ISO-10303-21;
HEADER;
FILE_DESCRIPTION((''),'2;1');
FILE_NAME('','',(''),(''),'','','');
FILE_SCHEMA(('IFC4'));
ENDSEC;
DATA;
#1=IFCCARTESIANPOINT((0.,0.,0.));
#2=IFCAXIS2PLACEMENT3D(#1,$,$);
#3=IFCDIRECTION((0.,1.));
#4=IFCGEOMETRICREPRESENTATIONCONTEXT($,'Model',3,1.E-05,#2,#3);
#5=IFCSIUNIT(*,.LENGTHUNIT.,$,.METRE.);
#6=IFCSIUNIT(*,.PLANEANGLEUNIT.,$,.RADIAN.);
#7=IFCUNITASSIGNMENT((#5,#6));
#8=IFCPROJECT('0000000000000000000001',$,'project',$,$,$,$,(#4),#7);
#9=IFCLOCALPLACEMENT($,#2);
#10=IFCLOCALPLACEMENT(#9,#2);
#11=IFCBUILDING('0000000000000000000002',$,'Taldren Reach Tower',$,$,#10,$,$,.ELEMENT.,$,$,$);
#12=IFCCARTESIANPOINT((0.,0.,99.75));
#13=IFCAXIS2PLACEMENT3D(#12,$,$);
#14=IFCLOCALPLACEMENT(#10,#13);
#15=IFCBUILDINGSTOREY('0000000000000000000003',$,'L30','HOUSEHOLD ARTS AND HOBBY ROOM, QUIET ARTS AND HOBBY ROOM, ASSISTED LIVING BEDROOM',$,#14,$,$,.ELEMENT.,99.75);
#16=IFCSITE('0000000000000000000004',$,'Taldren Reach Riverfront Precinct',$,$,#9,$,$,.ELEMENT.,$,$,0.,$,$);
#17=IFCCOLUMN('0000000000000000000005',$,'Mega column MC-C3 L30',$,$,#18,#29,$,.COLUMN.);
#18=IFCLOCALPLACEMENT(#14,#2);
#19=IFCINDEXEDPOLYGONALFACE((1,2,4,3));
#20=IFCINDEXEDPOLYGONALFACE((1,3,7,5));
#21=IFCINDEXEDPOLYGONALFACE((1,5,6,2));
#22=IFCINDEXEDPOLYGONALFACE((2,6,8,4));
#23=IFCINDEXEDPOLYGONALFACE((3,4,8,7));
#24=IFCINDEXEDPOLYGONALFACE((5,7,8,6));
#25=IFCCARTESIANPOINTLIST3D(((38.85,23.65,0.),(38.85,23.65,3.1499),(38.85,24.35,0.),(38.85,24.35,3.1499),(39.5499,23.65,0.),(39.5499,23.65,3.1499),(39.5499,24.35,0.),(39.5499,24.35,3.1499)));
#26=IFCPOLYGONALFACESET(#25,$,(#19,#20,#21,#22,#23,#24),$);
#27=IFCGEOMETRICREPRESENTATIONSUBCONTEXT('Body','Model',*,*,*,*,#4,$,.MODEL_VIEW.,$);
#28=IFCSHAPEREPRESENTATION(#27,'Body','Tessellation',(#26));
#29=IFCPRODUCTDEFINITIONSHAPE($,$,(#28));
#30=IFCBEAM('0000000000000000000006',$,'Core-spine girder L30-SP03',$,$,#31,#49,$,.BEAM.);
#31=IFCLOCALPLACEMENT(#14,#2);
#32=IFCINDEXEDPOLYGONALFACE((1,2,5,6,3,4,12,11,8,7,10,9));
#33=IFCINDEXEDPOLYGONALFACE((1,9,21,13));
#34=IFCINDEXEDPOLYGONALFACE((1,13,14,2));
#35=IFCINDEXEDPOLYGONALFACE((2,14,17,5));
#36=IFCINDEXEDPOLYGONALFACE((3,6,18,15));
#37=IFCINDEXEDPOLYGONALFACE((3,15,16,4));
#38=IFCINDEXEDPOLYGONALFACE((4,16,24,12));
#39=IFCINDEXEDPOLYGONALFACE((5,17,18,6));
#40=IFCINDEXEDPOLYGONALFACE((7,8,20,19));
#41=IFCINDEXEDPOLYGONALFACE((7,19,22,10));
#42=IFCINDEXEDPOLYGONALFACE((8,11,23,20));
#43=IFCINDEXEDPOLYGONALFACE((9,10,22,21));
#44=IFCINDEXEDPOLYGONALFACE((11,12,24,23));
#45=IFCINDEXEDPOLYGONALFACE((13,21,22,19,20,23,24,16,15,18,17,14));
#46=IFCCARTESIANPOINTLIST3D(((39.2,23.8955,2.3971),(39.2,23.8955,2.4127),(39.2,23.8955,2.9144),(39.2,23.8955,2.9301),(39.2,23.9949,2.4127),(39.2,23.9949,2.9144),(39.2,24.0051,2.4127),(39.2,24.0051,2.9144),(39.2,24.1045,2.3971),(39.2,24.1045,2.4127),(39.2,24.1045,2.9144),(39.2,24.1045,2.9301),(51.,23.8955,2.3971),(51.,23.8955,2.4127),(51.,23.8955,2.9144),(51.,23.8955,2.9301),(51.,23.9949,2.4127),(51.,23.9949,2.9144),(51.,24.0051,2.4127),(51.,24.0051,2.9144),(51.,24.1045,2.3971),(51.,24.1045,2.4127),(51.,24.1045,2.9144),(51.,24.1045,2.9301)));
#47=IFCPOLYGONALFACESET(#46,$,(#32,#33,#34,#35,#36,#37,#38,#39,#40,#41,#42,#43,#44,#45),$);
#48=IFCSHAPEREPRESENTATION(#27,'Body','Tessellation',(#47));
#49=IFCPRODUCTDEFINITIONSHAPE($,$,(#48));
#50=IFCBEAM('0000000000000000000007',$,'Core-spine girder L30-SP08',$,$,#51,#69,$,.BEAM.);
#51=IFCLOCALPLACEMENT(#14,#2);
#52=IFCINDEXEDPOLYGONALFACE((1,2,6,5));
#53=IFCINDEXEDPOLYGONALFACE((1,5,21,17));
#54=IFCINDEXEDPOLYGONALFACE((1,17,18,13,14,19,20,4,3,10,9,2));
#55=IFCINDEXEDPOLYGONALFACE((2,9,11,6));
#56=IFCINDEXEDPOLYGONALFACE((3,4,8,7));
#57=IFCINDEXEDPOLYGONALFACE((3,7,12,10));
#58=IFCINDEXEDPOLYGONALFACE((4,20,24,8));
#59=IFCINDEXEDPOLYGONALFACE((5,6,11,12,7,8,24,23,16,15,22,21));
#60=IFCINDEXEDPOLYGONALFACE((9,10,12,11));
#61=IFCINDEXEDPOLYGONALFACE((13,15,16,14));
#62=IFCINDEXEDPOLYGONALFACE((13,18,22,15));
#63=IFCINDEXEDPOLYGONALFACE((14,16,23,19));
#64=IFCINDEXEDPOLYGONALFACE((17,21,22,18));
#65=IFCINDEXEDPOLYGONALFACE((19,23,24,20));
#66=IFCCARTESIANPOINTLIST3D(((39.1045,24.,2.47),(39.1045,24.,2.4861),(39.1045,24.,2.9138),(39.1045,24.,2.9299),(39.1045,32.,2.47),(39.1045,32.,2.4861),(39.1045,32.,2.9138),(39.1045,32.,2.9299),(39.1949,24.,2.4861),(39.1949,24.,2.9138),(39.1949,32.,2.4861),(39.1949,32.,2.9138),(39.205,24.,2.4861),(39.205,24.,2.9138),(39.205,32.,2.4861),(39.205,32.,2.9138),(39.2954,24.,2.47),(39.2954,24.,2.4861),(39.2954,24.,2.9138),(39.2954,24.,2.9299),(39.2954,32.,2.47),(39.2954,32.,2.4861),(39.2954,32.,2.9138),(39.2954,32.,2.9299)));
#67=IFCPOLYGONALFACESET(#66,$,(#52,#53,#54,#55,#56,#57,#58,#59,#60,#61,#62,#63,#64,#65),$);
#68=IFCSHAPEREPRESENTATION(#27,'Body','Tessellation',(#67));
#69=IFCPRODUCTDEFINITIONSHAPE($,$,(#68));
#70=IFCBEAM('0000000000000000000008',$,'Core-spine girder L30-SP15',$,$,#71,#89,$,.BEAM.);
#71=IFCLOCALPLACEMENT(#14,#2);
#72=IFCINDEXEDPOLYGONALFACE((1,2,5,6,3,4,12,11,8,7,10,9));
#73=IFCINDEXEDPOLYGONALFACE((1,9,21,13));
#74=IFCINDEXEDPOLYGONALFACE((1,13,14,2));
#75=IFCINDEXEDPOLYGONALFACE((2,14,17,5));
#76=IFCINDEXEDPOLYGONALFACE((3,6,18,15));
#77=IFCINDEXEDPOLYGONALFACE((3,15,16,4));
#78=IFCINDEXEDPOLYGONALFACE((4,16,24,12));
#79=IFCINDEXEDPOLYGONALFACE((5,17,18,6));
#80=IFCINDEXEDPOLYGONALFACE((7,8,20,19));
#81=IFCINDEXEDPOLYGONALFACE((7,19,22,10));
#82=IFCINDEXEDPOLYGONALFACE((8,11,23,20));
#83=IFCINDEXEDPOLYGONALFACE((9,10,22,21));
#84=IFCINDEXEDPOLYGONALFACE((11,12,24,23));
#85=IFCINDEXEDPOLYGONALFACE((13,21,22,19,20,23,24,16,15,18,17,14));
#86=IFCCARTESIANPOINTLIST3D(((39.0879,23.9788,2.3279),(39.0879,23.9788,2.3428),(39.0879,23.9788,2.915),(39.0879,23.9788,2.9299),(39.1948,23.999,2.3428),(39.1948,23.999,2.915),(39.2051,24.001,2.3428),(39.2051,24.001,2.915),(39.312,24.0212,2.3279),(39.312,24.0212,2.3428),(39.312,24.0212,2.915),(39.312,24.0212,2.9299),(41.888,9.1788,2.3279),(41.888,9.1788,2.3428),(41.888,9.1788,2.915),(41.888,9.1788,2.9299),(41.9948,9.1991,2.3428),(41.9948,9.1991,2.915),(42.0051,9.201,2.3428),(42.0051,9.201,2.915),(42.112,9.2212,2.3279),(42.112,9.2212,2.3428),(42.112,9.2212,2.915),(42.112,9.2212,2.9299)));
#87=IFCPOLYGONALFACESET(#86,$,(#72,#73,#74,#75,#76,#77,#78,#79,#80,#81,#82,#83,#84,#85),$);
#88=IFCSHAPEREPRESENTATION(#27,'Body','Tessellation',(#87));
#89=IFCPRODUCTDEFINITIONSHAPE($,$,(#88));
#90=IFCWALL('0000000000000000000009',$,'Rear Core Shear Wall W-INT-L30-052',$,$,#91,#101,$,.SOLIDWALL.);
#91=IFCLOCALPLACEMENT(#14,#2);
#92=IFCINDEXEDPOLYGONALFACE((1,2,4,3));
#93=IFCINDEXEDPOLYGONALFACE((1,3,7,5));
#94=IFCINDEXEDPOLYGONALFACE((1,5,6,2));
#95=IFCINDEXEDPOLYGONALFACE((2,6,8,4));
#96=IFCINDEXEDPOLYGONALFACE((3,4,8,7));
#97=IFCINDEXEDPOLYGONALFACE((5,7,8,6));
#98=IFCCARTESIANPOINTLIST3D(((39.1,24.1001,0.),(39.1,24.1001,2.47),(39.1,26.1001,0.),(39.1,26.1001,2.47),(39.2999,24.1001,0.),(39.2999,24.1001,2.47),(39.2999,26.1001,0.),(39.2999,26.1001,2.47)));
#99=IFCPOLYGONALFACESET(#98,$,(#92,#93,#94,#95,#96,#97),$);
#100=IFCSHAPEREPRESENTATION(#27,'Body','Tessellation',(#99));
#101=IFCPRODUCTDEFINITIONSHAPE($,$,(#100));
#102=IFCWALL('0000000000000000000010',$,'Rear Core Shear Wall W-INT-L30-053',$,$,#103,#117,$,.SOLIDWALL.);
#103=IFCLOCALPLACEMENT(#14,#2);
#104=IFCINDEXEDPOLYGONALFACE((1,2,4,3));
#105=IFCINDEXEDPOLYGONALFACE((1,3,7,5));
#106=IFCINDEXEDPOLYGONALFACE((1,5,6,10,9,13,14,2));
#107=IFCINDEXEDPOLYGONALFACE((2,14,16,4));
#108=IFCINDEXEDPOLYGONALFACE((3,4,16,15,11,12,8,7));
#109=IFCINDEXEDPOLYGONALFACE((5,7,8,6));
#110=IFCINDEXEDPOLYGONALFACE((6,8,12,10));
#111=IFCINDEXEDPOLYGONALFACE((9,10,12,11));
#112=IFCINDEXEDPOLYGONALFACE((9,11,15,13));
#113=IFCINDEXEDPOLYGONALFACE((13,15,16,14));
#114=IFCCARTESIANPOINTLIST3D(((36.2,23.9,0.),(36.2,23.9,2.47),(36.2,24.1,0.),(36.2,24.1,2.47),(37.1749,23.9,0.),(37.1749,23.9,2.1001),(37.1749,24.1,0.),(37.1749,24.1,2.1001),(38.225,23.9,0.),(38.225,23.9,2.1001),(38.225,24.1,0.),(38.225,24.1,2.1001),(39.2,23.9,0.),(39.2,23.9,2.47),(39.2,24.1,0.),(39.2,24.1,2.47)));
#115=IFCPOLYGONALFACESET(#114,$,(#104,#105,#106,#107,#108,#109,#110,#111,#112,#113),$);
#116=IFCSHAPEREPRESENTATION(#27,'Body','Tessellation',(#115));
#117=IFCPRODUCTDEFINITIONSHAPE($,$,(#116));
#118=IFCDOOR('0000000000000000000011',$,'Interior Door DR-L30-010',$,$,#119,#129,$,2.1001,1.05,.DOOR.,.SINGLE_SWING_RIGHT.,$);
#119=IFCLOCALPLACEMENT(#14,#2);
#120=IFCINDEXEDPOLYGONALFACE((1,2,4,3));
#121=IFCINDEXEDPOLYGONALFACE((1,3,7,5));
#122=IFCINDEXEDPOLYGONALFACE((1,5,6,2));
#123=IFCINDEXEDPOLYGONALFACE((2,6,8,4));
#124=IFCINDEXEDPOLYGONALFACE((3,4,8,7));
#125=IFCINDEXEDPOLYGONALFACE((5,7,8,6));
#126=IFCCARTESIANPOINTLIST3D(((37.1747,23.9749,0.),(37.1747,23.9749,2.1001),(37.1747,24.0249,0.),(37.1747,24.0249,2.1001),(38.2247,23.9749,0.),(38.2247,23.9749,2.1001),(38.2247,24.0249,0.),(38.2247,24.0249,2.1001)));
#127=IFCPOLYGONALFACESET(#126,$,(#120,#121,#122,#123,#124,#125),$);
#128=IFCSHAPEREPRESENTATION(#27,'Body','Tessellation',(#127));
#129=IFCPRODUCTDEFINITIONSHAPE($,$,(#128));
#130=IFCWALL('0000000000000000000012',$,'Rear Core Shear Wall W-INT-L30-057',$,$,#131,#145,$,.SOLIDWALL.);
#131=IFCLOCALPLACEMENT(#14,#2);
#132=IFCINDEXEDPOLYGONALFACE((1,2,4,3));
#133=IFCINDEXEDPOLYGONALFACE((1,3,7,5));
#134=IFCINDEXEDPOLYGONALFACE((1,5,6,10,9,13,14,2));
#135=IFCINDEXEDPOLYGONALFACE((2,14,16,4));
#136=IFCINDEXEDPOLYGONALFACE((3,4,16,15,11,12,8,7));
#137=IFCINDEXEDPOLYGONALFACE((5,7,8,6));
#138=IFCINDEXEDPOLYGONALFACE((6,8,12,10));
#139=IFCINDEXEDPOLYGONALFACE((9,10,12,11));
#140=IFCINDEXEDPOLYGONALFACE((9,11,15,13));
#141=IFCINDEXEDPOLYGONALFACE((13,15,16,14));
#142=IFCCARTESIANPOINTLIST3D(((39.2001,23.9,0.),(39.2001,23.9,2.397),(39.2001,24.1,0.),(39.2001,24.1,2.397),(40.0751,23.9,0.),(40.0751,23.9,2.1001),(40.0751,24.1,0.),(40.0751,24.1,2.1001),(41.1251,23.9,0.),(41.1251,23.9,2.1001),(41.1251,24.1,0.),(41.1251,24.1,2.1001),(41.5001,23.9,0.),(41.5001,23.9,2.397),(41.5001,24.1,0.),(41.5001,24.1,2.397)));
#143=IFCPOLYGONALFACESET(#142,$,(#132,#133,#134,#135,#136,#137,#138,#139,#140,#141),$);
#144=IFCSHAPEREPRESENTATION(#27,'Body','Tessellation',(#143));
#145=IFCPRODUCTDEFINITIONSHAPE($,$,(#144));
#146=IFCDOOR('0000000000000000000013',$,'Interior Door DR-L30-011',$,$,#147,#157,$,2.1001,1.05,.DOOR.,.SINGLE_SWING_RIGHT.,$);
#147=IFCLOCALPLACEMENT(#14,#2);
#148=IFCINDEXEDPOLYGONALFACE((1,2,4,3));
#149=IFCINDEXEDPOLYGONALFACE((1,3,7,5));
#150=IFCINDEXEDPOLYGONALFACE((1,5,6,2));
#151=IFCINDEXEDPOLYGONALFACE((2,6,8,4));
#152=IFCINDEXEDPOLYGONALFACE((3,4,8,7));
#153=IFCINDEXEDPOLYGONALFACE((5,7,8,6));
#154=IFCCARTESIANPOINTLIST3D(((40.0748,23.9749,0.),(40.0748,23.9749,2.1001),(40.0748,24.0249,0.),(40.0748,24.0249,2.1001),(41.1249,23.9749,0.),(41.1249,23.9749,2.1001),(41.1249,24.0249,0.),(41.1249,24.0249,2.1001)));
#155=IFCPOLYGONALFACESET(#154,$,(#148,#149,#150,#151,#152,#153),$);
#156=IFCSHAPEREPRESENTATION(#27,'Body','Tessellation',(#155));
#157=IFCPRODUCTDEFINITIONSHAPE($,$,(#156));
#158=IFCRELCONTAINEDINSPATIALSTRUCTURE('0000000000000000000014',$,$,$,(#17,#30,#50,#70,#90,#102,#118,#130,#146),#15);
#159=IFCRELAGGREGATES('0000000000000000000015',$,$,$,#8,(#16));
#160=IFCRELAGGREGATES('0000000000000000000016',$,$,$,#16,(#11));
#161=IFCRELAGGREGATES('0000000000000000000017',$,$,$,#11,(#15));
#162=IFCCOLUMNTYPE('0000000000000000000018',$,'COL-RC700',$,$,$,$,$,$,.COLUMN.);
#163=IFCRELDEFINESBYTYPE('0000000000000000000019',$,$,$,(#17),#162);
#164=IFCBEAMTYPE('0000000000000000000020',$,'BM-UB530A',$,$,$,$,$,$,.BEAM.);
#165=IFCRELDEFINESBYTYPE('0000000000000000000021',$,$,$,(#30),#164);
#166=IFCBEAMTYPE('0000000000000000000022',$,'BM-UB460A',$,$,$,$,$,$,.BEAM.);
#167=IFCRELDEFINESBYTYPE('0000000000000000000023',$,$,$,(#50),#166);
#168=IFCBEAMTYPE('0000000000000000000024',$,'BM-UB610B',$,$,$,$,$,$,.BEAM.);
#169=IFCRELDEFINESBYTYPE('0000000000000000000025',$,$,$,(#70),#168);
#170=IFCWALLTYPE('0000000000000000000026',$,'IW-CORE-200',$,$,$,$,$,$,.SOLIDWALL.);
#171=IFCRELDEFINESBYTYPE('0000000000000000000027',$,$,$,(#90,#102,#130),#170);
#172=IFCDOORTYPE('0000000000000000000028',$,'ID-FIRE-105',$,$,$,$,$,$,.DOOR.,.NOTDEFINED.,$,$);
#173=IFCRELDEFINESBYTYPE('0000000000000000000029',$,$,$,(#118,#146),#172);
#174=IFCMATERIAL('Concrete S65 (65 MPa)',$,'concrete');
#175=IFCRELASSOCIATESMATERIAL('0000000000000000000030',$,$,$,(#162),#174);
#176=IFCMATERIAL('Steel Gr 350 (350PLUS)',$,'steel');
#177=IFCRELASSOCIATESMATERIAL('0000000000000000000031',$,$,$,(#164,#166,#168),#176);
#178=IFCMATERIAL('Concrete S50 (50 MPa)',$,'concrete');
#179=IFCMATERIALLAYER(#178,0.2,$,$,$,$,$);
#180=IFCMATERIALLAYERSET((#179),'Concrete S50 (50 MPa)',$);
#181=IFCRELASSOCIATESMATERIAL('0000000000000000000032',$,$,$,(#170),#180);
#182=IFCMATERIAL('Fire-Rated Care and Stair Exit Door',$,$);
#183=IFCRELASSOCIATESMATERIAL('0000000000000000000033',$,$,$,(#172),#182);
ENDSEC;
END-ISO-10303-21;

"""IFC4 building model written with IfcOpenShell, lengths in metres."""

from ifc_helpers import new_model, si_unit, direction, frame, frame_2d, origin, origin_2d, place, context, subcontext, project, spatial, rectangle, i_section, extrude, source, transform, mapped, material, layer, layer_set, material_profile, profile_set, type_object, element, fill, save


model = new_model("IFC4")

# Units and contexts
model_context = context("Model", 3, precision=1e-05, world=origin(), true_north=direction((0.0, 1.0)))
body_context = subcontext(model_context, "Body", "Model", "MODEL_VIEW")
ifc_project = project(units=[si_unit("LENGTHUNIT", "METRE"), si_unit("PLANEANGLEUNIT", "RADIAN")], contexts=[model_context])

# Site, building, storey
site_placement = place(None, origin())
site = spatial("IfcSite", under=ifc_project, at=site_placement, Name="Taldren Reach Riverfront Precinct", CompositionType="ELEMENT", RefElevation=0.0)
building_placement = place(site_placement, origin())
building = spatial("IfcBuilding", under=site, at=building_placement, Name="Taldren Reach Tower", CompositionType="ELEMENT")
storey_placement = place(building_placement, frame((0.0, 0.0, 99.75)))
storey = spatial("IfcBuildingStorey", under=building, at=storey_placement, Name="L30", Description="HOUSEHOLD ARTS AND HOBBY ROOM, QUIET ARTS AND HOBBY ROOM, ASSISTED LIVING BEDROOM", CompositionType="ELEMENT", Elevation=99.75)

# Column
ifc_material_1 = material(Name="Concrete S65 (65 MPa)", Category="concrete")
ifc_material_profile_1 = material_profile(ifc_material_1, rectangle(XDim=0.7, YDim=0.7, at=origin_2d()), Name="RC-700x700")
ifc_profile_set_1 = profile_set([ifc_material_profile_1], Name="Concrete S65 (65 MPa)")
column_type = type_object("IfcColumnType", Name="COL-RC700", PredefinedType="COLUMN", material=ifc_profile_set_1)
shared_shape_1 = source(origin(), body_context, "Body", "SweptSolid", [
    extrude(rectangle(XDim=0.7, YDim=0.7, at=origin_2d()), origin(), (0.0, 0.0, 1.0), 3.1499),
])
column_placement = place(storey_placement, frame((39.2, 24.0, 0.0), z_axis=(0.0, 0.0, 1.0), x_axis=(1.0, 0.0, 0.0)))
element("IfcColumn", 1, at=column_placement, inside=storey, type_object=column_type, Name="Mega column MC-C3 L30", PredefinedType="COLUMN", context=body_context, shape_type="MappedRepresentation", body=[
    mapped(shared_shape_1, transform((0.0, 0.0, 0.0), scale=1.0)),
])

# Beams
ifc_material_2 = material(Name="Steel Gr 350 (350PLUS)", Category="steel")
ifc_material_profile_2 = material_profile(ifc_material_2, i_section(OverallWidth=0.209, OverallDepth=0.533, WebThickness=0.0103, FlangeThickness=0.0156, at=origin_2d()), Name="530UB92.4")
ifc_profile_set_2 = profile_set([ifc_material_profile_2], Name="Steel Gr 350 (350PLUS)")
beam_type_1 = type_object("IfcBeamType", Name="BM-UB530A", PredefinedType="BEAM", material=ifc_profile_set_2)
shared_shape_2 = source(origin(), body_context, "Body", "SweptSolid", [
    extrude(i_section(OverallWidth=0.209, OverallDepth=0.533, WebThickness=0.0103, FlangeThickness=0.0156, at=origin_2d()), origin(), (0.0, 0.0, 1.0), 11.8),
])
beam_1_placement = place(storey_placement, frame((39.2, 24.0, 2.6636), z_axis=(1.0, 0.0, 0.0), x_axis=(0.0, 1.0, 0.0)))
element("IfcBeam", 2, at=beam_1_placement, inside=storey, type_object=beam_type_1, Name="Core-spine girder L30-SP03", PredefinedType="BEAM", context=body_context, shape_type="MappedRepresentation", body=[
    mapped(shared_shape_2, transform((0.0, 0.0, 0.0), scale=1.0)),
])
ifc_material_profile_3 = material_profile(ifc_material_2, i_section(OverallWidth=0.1909, OverallDepth=0.46, WebThickness=0.01, FlangeThickness=0.0161, at=origin_2d()), Name="460UB82.1")
ifc_profile_set_3 = profile_set([ifc_material_profile_3], Name="Steel Gr 350 (350PLUS)")
beam_type_2 = type_object("IfcBeamType", Name="BM-UB460A", PredefinedType="BEAM", material=ifc_profile_set_3)
shared_shape_3 = source(origin(), body_context, "Body", "SweptSolid", [
    extrude(i_section(OverallWidth=0.1909, OverallDepth=0.46, WebThickness=0.01, FlangeThickness=0.0161, at=origin_2d()), origin(), (0.0, 0.0, 1.0), 8.0),
])
beam_2_placement = place(storey_placement, frame((39.2, 24.0, 2.7), z_axis=(0.0, 1.0, 0.0), x_axis=(-1.0, 0.0, 0.0)))
element("IfcBeam", 3, at=beam_2_placement, inside=storey, type_object=beam_type_2, Name="Core-spine girder L30-SP08", PredefinedType="BEAM", context=body_context, shape_type="MappedRepresentation", body=[
    mapped(shared_shape_3, transform((0.0, 0.0, 0.0), scale=1.0)),
])
ifc_material_profile_4 = material_profile(ifc_material_2, i_section(OverallWidth=0.228, OverallDepth=0.6021, WebThickness=0.0105, FlangeThickness=0.0149, at=origin_2d()), Name="610UB101")
ifc_profile_set_4 = profile_set([ifc_material_profile_4], Name="Steel Gr 350 (350PLUS)")
beam_type_3 = type_object("IfcBeamType", Name="BM-UB610B", PredefinedType="BEAM", material=ifc_profile_set_4)
shared_shape_4 = source(origin(), body_context, "Body", "SweptSolid", [
    extrude(i_section(OverallWidth=0.228, OverallDepth=0.6021, WebThickness=0.0105, FlangeThickness=0.0149, at=origin_2d()), origin(), (0.0, 0.0, 1.0), 15.0625),
])
beam_3_placement = place(storey_placement, frame((39.2, 24.0, 2.6289), z_axis=(0.185894, -0.98257, 0.0), x_axis=(0.98257, 0.185894, 0.0)))
element("IfcBeam", 4, at=beam_3_placement, inside=storey, type_object=beam_type_3, Name="Core-spine girder L30-SP15", PredefinedType="BEAM", context=body_context, shape_type="MappedRepresentation", body=[
    mapped(shared_shape_4, transform((0.0, 0.0, 0.0), scale=1.0)),
])

# Wall
ifc_material_3 = material(Name="Concrete S50 (50 MPa)", Category="concrete")
ifc_layer_1 = layer(ifc_material_3, 0.2)
ifc_layer_set_1 = layer_set([ifc_layer_1], Name="Concrete S50 (50 MPa)")
wall_type_1 = type_object("IfcWallType", Name="IW-CORE-200", PredefinedType="SOLIDWALL", material=ifc_layer_set_1)
shared_shape_5 = source(origin(), body_context, "Body", "SweptSolid", [
    extrude(rectangle(XDim=2.0, YDim=0.2, at=frame_2d((1.0, 0.0))), origin(), (0.0, 0.0, 1.0), 2.47),
])
wall_1_placement = place(storey_placement, frame((39.2, 26.1001, 0.0), z_axis=(0.0, 0.0, 1.0), x_axis=(0.0, -1.0, 0.0)))
element("IfcWall", 5, at=wall_1_placement, inside=storey, type_object=wall_type_1, Name="Rear Core Shear Wall W-INT-L30-052", PredefinedType="SOLIDWALL", context=body_context, shape_type="MappedRepresentation", body=[
    mapped(shared_shape_5, transform((0.0, 0.0, 0.0), scale=1.0)),
])

# Walls, openings, doors
shared_shape_6 = source(origin(), body_context, "Body", "SweptSolid", [
    extrude(rectangle(XDim=3.0, YDim=0.2, at=frame_2d((1.5, 0.0))), origin(), (0.0, 0.0, 1.0), 2.47),
])
wall_2_placement = place(storey_placement, frame((39.2, 24.0, 0.0), z_axis=(0.0, 0.0, 1.0), x_axis=(-1.0, 0.0, 0.0)))
wall_2 = element("IfcWall", 6, at=wall_2_placement, inside=storey, type_object=wall_type_1, Name="Rear Core Shear Wall W-INT-L30-053", PredefinedType="SOLIDWALL", context=body_context, shape_type="MappedRepresentation", body=[
    mapped(shared_shape_6, transform((0.0, 0.0, 0.0), scale=1.0)),
])
shared_shape_7 = source(origin(), body_context, "Body", "SweptSolid", [
    extrude(rectangle(XDim=1.05, YDim=2.1001, at=frame_2d((0.5249, 1.05))), frame((0.0, 0.1099, 0.0), z_axis=(0.0, -1.0, 0.0), x_axis=(1.0, 0.0, 0.0)), (0.0, 0.0, 1.0), 0.22),
])
opening_1_placement = place(wall_2_placement, frame((0.9751, 0.0, 0.0)))
opening_1 = element("IfcOpeningElement", 7, at=opening_1_placement, cuts=wall_2, PredefinedType="OPENING", context=body_context, shape_type="MappedRepresentation", body=[
    mapped(shared_shape_7, transform((0.0, 0.0, 0.0), scale=1.0)),
])
ifc_material_4 = material(Name="Fire-Rated Care and Stair Exit Door")
door_type_1 = type_object("IfcDoorType", Name="ID-FIRE-105", OperationType="NOTDEFINED", PredefinedType="DOOR", material=ifc_material_4)
shared_shape_8 = source(origin(), body_context, "Body", "SweptSolid", [
    extrude(rectangle(XDim=1.05, YDim=2.1001, at=frame_2d((0.5249, 1.05))), frame((0.0, 0.0249, 0.0), z_axis=(0.0, -1.0, 0.0), x_axis=(1.0, 0.0, 0.0)), (0.0, 0.0, 1.0), 0.05),
])
door_1_placement = place(opening_1_placement, frame((1.05, 0.0, 0.0), z_axis=(0.0, 0.0, 1.0), x_axis=(-1.0, 0.0, 0.0)))
door_1 = element("IfcDoor", 8, at=door_1_placement, inside=storey, type_object=door_type_1, Name="Interior Door DR-L30-010", OperationType="SINGLE_SWING_RIGHT", OverallHeight=2.1001, OverallWidth=1.05, PredefinedType="DOOR", context=body_context, shape_type="MappedRepresentation", body=[
    mapped(shared_shape_8, transform((0.0, 0.0, 0.0), scale=1.0)),
])
fill(opening_1, door_1)
shared_shape_9 = source(origin(), body_context, "Body", "SweptSolid", [
    extrude(rectangle(XDim=2.3, YDim=0.2, at=frame_2d((1.1499, 0.0))), origin(), (0.0, 0.0, 1.0), 2.397),
])
wall_3_placement = place(storey_placement, frame((41.5, 24.0, 0.0), z_axis=(0.0, 0.0, 1.0), x_axis=(-1.0, 0.0, 0.0)))
wall_3 = element("IfcWall", 9, at=wall_3_placement, inside=storey, type_object=wall_type_1, Name="Rear Core Shear Wall W-INT-L30-057", PredefinedType="SOLIDWALL", context=body_context, shape_type="MappedRepresentation", body=[
    mapped(shared_shape_9, transform((0.0, 0.0, 0.0), scale=1.0)),
])
opening_2_placement = place(wall_3_placement, frame((0.375, 0.0, 0.0)))
opening_2 = element("IfcOpeningElement", 10, at=opening_2_placement, cuts=wall_3, PredefinedType="OPENING", context=body_context, shape_type="MappedRepresentation", body=[
    mapped(shared_shape_7, transform((0.0, 0.0, 0.0), scale=1.0)),
])
door_2_placement = place(opening_2_placement, frame((1.05, 0.0, 0.0), z_axis=(0.0, 0.0, 1.0), x_axis=(-1.0, 0.0, 0.0)))
door_2 = element("IfcDoor", 11, at=door_2_placement, inside=storey, type_object=door_type_1, Name="Interior Door DR-L30-011", OperationType="SINGLE_SWING_RIGHT", OverallHeight=2.1001, OverallWidth=1.05, PredefinedType="DOOR", context=body_context, shape_type="MappedRepresentation", body=[
    mapped(shared_shape_8, transform((0.0, 0.0, 0.0), scale=1.0)),
])
fill(opening_2, door_2)

save(model, "model.ifc")
